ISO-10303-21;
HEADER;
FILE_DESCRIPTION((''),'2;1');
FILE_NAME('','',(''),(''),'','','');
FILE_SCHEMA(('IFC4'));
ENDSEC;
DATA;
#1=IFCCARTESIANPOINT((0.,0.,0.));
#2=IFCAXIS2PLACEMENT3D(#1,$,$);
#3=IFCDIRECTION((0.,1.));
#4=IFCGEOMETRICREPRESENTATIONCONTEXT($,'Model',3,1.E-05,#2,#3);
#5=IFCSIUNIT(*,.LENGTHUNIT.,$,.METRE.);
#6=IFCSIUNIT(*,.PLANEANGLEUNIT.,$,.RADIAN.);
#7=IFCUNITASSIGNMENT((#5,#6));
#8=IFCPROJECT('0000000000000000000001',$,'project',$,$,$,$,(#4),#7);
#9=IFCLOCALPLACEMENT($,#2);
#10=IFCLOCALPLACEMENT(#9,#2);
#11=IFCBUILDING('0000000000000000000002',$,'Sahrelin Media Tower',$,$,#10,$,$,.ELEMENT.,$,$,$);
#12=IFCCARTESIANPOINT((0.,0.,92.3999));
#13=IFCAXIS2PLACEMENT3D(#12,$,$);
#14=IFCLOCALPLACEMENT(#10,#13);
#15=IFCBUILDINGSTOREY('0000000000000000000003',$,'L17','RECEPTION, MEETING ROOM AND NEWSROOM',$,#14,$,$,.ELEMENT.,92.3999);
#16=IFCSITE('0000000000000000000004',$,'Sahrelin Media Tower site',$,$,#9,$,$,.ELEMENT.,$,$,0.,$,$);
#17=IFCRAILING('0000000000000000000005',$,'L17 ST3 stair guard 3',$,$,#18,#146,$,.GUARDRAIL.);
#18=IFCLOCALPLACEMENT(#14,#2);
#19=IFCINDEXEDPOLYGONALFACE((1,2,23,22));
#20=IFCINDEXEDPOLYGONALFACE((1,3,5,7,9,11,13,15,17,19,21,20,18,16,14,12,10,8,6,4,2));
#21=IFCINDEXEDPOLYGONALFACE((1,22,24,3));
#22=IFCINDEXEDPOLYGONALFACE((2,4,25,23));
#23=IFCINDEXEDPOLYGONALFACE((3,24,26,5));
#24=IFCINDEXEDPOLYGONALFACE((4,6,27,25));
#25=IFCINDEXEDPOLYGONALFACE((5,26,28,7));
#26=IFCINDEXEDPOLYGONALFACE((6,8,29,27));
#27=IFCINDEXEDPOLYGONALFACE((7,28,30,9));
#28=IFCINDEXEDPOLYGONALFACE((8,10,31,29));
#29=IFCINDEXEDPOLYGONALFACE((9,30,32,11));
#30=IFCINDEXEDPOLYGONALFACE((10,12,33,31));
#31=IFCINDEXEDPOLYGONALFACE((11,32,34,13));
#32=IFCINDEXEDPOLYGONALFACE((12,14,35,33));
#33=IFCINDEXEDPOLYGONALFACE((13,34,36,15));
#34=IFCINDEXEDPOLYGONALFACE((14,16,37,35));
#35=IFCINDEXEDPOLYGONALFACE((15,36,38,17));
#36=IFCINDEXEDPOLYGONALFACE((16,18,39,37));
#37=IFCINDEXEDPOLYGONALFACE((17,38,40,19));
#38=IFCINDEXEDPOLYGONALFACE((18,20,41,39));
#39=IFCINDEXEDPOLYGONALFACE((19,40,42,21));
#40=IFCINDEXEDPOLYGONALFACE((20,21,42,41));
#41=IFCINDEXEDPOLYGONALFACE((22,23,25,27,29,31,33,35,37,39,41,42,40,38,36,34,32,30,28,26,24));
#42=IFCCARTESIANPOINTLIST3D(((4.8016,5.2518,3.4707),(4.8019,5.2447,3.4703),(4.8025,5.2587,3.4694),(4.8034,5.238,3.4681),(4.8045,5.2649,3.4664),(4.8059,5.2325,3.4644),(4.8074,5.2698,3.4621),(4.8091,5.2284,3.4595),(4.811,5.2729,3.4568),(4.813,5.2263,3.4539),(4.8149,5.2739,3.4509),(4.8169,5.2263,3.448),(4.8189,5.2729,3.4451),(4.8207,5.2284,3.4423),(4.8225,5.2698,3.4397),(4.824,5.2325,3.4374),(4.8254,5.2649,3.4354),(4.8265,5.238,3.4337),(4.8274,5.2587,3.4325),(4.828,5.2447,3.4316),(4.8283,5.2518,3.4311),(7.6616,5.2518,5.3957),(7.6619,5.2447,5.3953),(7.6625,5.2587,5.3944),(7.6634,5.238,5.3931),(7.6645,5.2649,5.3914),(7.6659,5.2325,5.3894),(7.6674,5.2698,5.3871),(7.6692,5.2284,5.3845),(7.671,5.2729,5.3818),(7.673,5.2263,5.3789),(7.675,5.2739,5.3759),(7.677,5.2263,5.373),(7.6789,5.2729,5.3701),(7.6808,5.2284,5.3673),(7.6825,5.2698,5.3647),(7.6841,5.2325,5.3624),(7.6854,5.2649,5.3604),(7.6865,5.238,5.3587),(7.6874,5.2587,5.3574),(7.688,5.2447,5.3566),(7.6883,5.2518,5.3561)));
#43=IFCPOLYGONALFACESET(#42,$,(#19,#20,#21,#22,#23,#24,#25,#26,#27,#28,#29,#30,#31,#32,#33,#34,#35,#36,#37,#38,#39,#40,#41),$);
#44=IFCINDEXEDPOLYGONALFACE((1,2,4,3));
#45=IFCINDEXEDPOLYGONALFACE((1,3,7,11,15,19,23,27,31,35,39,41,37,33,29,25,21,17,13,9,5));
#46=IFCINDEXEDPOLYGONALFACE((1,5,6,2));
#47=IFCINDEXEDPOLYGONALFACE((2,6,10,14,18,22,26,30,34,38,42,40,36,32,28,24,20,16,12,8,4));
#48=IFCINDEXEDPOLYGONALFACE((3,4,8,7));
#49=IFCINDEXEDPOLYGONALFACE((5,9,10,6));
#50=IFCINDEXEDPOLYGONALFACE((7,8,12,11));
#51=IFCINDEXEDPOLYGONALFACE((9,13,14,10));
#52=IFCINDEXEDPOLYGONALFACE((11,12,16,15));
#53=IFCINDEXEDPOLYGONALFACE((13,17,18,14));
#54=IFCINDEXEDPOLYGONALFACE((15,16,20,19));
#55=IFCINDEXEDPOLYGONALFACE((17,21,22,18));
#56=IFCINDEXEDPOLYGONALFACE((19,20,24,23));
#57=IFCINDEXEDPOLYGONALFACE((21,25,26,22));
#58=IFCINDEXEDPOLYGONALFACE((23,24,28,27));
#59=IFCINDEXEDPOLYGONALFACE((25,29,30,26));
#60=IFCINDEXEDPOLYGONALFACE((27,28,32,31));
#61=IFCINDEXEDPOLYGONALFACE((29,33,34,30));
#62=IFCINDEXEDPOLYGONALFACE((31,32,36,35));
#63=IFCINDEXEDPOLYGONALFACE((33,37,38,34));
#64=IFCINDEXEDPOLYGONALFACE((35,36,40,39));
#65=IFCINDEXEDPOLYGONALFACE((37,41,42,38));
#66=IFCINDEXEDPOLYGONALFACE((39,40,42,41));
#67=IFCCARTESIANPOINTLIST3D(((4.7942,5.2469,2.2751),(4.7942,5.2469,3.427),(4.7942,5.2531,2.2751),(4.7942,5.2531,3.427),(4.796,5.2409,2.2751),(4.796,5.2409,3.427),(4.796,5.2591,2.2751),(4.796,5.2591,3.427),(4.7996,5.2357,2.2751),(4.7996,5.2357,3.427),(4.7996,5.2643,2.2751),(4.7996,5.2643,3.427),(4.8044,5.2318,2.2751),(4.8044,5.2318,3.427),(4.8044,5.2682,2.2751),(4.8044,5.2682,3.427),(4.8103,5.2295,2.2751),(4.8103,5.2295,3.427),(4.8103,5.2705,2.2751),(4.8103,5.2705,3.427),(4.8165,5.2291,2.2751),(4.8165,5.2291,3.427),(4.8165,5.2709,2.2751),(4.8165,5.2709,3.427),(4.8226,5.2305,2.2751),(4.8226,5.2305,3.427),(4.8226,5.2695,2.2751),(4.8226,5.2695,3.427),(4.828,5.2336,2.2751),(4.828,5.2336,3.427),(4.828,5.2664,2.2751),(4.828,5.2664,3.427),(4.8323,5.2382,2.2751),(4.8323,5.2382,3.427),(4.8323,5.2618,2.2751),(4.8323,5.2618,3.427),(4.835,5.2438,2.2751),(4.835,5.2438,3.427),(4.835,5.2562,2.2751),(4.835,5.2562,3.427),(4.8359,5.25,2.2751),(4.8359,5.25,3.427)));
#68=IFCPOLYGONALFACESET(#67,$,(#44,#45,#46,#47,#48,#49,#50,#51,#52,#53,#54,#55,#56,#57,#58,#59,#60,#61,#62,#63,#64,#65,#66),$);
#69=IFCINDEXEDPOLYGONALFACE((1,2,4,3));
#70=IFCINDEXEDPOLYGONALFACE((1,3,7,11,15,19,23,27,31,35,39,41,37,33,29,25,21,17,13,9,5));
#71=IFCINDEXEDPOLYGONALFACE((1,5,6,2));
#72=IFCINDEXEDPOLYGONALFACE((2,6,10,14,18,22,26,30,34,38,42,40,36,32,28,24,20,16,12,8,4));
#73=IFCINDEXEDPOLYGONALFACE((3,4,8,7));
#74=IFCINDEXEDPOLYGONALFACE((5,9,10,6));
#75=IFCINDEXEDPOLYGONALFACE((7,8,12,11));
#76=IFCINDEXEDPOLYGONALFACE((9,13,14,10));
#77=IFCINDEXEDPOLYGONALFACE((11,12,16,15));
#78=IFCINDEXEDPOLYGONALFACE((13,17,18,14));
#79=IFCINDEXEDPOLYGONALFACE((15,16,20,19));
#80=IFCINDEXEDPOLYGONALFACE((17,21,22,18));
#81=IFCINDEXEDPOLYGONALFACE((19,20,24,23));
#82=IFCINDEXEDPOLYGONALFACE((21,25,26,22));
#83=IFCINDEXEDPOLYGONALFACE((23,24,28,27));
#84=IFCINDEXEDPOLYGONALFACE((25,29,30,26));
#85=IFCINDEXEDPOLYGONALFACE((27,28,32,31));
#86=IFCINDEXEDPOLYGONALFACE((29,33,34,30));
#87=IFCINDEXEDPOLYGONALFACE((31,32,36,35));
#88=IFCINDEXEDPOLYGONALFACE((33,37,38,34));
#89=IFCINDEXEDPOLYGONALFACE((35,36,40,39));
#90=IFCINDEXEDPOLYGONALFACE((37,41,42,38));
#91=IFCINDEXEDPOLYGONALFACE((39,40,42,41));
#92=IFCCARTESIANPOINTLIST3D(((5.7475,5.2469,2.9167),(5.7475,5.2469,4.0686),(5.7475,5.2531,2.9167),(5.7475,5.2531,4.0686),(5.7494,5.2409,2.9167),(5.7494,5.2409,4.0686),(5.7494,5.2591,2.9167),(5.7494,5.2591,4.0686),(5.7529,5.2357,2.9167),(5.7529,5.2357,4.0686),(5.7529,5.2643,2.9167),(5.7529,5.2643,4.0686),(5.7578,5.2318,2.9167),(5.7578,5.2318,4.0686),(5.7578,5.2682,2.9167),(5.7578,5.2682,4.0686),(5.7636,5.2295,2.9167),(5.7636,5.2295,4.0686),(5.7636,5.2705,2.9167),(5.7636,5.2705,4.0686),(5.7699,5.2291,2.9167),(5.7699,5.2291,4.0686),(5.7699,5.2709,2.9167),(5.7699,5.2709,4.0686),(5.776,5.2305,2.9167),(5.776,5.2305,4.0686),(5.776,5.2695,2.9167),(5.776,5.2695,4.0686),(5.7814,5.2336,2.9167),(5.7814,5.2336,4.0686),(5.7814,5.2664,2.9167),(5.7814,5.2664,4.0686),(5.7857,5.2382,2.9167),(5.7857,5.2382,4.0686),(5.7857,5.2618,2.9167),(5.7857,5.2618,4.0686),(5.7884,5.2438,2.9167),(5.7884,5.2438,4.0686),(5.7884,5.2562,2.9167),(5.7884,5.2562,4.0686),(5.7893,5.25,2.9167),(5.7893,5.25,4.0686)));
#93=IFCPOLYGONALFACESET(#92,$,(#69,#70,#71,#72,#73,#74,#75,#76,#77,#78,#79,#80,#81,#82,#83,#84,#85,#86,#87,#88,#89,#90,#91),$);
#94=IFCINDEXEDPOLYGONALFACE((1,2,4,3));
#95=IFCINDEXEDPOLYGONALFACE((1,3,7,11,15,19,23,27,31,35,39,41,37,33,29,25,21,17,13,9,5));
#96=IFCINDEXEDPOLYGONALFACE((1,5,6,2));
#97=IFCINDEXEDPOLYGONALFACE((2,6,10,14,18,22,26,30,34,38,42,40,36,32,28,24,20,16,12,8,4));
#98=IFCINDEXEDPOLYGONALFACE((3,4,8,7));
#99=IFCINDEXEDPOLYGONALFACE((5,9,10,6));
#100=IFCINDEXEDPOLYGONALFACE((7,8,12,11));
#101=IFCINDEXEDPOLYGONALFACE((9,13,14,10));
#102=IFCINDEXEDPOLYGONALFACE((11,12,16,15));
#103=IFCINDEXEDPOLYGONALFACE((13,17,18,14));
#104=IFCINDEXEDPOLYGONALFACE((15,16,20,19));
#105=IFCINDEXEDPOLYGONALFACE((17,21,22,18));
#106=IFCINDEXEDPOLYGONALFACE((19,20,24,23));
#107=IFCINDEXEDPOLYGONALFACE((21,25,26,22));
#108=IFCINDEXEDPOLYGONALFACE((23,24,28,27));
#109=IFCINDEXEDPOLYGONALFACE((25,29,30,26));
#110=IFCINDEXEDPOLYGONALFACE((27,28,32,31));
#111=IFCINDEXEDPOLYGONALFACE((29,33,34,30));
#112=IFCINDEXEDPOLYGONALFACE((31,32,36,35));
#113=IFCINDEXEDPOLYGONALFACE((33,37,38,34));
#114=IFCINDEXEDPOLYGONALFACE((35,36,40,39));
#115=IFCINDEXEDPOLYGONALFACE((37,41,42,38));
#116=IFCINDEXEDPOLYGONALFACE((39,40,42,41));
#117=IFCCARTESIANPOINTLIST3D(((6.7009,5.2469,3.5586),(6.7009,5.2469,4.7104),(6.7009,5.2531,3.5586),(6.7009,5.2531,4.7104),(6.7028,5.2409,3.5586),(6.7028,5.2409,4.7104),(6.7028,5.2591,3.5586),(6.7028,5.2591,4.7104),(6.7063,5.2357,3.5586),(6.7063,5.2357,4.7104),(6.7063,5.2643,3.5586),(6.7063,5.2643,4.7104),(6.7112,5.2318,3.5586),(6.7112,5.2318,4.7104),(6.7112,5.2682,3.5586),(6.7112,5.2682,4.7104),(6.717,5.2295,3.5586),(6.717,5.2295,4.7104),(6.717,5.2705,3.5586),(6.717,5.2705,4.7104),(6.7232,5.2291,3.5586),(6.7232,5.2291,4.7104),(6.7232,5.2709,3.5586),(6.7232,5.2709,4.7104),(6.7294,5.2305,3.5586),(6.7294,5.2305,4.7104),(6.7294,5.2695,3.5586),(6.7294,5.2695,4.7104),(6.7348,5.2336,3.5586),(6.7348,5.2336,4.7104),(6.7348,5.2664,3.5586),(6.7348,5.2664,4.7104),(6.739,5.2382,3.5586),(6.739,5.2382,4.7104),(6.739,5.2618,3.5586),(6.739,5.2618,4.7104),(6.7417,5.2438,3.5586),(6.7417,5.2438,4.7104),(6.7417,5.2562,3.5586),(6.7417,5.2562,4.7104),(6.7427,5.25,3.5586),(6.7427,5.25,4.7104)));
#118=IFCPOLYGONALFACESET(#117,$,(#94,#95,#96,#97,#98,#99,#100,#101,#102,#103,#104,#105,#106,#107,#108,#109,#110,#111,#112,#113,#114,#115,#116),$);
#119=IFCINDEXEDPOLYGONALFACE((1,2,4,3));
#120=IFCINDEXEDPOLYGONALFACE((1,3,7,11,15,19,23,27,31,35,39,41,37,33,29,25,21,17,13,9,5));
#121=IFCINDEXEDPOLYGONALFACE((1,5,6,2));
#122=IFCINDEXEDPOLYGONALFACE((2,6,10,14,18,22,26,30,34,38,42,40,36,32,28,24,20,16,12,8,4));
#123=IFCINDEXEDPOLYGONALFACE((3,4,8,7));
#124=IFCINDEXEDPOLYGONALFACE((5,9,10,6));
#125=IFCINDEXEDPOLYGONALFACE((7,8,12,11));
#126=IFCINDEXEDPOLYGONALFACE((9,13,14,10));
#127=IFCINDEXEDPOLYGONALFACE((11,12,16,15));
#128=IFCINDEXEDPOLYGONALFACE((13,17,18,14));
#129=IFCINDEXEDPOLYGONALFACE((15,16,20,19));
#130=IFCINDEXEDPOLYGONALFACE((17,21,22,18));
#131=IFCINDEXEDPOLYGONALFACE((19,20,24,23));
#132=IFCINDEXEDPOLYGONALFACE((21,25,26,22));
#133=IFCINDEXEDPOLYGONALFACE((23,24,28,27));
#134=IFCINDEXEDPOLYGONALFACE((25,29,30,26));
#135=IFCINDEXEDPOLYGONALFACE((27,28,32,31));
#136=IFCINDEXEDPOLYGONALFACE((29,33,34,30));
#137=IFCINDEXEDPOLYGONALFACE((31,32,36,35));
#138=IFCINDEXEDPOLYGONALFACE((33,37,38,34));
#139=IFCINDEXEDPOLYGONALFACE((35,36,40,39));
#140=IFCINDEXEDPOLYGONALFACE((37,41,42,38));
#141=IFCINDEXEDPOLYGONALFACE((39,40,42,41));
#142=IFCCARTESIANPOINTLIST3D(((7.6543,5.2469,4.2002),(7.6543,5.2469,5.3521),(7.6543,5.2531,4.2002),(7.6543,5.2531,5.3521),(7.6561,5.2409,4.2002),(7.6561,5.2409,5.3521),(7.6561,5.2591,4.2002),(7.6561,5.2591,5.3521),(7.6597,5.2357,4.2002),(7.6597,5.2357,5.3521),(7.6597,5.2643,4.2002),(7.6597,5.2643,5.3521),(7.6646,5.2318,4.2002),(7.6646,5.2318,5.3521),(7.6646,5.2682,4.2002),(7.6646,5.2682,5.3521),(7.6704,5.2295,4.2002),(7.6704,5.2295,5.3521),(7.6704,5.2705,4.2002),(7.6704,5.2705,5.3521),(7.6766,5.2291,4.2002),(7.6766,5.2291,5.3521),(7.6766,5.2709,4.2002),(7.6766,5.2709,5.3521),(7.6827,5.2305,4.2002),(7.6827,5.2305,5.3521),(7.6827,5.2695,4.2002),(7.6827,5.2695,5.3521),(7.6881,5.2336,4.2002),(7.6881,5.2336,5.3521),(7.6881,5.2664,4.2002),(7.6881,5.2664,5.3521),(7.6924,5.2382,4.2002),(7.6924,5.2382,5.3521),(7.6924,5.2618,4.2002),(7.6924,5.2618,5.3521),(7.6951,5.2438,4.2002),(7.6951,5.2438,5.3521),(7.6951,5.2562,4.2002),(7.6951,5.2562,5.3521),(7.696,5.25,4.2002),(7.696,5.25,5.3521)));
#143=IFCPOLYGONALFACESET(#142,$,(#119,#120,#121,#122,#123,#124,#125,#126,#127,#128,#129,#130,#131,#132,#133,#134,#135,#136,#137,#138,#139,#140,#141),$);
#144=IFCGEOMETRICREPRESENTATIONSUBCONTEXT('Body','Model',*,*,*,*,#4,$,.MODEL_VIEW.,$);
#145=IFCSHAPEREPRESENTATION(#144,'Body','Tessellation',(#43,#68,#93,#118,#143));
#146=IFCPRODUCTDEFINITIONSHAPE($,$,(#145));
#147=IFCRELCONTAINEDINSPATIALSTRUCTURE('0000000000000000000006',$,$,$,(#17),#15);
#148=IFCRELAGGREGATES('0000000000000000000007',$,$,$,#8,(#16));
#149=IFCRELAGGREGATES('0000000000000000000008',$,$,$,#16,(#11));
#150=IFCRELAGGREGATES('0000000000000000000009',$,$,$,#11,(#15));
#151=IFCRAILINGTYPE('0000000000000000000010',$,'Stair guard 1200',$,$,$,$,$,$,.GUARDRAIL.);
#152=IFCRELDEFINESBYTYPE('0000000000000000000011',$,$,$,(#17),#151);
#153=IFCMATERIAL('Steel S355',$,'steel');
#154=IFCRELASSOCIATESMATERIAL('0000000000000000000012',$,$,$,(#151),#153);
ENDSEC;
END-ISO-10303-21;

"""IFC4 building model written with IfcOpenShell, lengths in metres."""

from ifc_helpers import new_model, si_unit, direction, frame, origin, origin_2d, place, context, subcontext, project, spatial, circle, extrude, material, type_object, element, save


model = new_model("IFC4")

# Units and contexts
model_context = context("Model", 3, precision=1e-05, world=origin(), true_north=direction((0.0, 1.0)))
body_context = subcontext(model_context, "Body", "Model", "MODEL_VIEW")
ifc_project = project(units=[si_unit("LENGTHUNIT", "METRE"), si_unit("PLANEANGLEUNIT", "RADIAN")], contexts=[model_context])

# Site, building, storey
site_placement = place(None, origin())
site = spatial("IfcSite", under=ifc_project, at=site_placement, Name="Sahrelin Media Tower site", CompositionType="ELEMENT", RefElevation=0.0)
building_placement = place(site_placement, origin())
building = spatial("IfcBuilding", under=site, at=building_placement, Name="Sahrelin Media Tower", CompositionType="ELEMENT")
storey_placement = place(building_placement, frame((0.0, 0.0, 92.3999)))
storey = spatial("IfcBuildingStorey", under=building, at=storey_placement, Name="L17", Description="RECEPTION, MEETING ROOM AND NEWSROOM", CompositionType="ELEMENT", Elevation=92.3999)

# Shared definitions
ifc_material_1 = material(Name="Steel S355", Category="steel")

# Railing
railing_type_1 = type_object("IfcRailingType", Name="Stair guard 1200", PredefinedType="GUARDRAIL", material=ifc_material_1)
railing_1_placement = place(storey_placement, frame((4.8149, 5.25, 2.2751)))
element("IfcRailing", 1, at=railing_1_placement, inside=storey, type_object=railing_type_1, Name="L17 ST3 stair guard 3", PredefinedType="GUARDRAIL", context=body_context, shape_type="SweptSolid", body=[
    extrude(circle(Radius=0.0239, at=origin_2d()), frame((0.0, 0.0, 1.1758), z_axis=(0.829591, 0.0, 0.558372), x_axis=(0.0, 1.0, 0.0)), (0.0, 0.0, 1.0), 3.4475),
    extrude(circle(Radius=0.021, at=origin_2d()), origin(), (0.0, 0.0, 1.0), 1.1519),
    extrude(circle(Radius=0.021, at=origin_2d()), frame((0.9534, 0.0, 0.6416)), (0.0, 0.0, 1.0), 1.1519),
    extrude(circle(Radius=0.021, at=origin_2d()), frame((1.9067, 0.0, 1.2834)), (0.0, 0.0, 1.0), 1.1519),
    extrude(circle(Radius=0.021, at=origin_2d()), frame((2.8601, 0.0, 1.925)), (0.0, 0.0, 1.0), 1.1519),
])

save(model, "model.ifc")
